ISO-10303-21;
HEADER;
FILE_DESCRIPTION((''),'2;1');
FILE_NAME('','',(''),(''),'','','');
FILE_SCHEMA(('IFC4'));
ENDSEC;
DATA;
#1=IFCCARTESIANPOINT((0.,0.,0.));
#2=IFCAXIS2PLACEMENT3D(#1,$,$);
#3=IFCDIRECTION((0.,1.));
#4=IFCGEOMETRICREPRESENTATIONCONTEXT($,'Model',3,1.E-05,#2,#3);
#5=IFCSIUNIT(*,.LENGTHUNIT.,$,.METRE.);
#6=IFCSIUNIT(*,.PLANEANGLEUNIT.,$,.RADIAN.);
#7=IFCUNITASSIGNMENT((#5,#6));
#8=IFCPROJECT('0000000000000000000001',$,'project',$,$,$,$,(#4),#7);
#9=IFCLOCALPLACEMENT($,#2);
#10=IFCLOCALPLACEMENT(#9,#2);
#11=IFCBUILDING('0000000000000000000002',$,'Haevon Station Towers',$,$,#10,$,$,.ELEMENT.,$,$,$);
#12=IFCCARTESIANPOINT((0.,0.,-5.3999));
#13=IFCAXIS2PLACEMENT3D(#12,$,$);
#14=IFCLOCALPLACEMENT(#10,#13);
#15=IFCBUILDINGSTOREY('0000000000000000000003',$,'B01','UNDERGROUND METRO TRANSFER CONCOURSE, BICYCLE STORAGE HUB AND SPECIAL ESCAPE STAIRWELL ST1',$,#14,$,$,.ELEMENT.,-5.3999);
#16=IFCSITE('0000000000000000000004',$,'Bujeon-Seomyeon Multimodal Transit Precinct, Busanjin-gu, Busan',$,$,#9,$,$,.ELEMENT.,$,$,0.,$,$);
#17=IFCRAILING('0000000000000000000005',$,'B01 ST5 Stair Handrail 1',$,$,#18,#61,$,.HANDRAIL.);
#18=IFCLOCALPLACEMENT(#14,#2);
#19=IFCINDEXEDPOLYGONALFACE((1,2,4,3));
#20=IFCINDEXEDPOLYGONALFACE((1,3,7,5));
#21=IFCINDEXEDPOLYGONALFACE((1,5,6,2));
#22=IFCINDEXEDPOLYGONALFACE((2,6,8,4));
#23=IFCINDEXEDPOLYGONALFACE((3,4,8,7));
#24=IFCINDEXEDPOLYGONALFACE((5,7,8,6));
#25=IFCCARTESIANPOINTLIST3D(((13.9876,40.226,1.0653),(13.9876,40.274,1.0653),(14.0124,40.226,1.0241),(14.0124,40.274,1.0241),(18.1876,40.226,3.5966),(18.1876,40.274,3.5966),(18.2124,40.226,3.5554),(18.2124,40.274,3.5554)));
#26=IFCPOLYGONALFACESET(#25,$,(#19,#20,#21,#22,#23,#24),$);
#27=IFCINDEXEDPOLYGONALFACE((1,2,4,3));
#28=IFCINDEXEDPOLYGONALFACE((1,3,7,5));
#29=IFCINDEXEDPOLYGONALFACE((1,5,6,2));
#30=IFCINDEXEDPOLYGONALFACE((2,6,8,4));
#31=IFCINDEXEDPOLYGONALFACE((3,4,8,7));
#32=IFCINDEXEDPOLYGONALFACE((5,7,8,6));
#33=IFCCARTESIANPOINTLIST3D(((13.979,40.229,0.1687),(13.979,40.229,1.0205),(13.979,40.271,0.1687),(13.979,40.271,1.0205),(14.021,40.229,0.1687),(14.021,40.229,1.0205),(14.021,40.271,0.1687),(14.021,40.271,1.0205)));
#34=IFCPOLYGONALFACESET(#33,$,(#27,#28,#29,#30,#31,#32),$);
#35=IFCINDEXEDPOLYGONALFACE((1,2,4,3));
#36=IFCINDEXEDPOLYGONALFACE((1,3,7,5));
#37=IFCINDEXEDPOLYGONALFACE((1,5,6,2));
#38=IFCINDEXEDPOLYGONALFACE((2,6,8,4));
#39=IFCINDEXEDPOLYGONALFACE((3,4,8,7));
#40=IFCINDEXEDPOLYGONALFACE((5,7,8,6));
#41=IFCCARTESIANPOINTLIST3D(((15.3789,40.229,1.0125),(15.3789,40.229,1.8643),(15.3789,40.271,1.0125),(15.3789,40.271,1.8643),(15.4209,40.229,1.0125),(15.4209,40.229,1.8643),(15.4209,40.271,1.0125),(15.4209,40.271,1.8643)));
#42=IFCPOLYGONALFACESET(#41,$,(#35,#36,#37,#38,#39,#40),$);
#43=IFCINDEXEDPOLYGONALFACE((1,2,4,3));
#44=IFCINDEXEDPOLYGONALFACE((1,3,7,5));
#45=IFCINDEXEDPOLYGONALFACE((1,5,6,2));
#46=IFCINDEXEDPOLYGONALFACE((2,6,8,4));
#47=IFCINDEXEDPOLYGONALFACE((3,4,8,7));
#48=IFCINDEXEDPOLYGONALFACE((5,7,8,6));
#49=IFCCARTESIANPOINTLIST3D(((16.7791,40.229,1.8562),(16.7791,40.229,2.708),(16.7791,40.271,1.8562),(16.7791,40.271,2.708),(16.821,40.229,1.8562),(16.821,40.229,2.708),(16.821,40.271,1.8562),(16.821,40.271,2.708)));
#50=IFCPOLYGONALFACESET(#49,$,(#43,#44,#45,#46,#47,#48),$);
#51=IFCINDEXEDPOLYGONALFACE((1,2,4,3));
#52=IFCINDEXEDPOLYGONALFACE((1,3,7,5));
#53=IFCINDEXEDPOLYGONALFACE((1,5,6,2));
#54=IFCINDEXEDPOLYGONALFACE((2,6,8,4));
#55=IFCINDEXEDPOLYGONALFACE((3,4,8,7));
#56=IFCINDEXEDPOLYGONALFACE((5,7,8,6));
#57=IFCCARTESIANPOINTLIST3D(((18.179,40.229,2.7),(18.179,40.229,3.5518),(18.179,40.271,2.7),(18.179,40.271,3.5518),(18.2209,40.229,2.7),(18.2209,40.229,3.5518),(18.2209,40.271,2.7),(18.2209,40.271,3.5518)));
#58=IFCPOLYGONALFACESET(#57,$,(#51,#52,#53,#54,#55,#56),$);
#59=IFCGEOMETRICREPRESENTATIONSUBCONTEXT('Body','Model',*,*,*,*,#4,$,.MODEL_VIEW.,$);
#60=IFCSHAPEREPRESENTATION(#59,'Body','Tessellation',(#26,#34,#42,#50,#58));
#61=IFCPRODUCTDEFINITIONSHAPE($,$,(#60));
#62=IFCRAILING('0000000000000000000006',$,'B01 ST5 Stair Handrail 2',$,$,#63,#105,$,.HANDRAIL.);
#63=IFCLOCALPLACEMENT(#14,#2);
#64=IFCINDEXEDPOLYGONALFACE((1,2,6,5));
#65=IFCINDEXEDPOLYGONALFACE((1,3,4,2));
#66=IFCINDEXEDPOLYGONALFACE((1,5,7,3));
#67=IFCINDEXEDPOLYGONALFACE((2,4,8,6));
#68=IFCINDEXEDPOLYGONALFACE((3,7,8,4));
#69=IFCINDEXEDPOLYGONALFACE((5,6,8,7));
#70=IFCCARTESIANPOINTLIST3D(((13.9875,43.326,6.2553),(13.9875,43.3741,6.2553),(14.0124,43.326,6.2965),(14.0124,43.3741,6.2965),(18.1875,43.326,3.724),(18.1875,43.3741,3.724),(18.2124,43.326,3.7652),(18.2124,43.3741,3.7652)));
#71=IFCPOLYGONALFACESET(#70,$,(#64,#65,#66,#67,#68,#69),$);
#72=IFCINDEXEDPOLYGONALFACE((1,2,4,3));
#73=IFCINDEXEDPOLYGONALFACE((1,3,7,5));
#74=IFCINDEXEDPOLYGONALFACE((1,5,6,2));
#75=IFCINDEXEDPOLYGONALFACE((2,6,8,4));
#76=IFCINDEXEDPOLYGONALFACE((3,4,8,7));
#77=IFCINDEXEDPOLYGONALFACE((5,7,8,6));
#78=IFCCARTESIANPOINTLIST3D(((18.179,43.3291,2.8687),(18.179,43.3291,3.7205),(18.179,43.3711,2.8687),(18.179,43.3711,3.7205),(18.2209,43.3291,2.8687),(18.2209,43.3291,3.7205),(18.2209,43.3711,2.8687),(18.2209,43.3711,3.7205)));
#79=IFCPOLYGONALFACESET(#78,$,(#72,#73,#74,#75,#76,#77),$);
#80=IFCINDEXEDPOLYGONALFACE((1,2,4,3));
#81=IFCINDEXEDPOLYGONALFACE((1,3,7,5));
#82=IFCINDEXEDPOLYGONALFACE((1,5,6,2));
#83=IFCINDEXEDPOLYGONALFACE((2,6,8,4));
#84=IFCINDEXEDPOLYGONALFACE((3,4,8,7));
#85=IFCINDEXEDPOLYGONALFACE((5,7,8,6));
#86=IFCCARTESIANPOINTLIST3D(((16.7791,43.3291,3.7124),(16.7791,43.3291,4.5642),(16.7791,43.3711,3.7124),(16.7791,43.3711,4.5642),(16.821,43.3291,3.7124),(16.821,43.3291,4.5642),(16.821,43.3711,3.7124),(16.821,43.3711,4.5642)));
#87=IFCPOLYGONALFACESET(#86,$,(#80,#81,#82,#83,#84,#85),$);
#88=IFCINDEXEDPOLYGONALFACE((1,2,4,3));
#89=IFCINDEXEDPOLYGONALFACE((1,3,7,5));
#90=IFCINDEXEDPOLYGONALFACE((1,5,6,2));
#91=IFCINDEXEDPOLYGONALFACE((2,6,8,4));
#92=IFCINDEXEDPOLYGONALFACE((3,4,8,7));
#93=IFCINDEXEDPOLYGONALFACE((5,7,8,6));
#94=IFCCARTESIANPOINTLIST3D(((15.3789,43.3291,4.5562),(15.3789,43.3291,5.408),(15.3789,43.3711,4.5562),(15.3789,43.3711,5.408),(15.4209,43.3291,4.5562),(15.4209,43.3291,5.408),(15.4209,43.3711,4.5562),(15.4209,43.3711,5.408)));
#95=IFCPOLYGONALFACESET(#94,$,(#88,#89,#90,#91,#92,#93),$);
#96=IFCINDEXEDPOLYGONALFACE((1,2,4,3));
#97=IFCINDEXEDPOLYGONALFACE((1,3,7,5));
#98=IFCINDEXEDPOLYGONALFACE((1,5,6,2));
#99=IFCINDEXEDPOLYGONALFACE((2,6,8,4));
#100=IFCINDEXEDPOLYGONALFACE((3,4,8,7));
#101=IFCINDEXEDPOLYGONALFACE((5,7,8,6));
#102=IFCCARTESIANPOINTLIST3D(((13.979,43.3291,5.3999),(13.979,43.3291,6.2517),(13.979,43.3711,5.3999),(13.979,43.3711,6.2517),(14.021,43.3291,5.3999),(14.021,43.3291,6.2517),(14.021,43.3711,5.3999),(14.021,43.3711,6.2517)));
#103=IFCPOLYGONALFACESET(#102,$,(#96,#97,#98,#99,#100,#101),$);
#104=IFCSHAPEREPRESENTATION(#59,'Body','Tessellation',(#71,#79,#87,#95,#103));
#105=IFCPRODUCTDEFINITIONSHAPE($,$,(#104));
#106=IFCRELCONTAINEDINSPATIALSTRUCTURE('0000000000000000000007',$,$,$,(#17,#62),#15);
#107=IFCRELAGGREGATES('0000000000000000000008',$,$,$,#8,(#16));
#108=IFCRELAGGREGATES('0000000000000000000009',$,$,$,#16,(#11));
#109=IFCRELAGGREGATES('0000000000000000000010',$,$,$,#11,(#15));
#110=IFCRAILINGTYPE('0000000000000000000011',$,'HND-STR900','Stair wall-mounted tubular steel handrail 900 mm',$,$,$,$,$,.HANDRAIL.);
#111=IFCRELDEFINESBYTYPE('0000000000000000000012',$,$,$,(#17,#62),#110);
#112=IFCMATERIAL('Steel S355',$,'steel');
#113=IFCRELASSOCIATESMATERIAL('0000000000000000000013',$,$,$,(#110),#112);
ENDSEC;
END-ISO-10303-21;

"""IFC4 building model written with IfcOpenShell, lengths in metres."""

from ifc_helpers import new_model, si_unit, direction, frame, origin, origin_2d, place, context, subcontext, project, spatial, rectangle, extrude, material, type_object, element, save


model = new_model("IFC4")

# Units and contexts
model_context = context("Model", 3, precision=1e-05, world=origin(), true_north=direction((0.0, 1.0)))
body_context = subcontext(model_context, "Body", "Model", "MODEL_VIEW")
ifc_project = project(units=[si_unit("LENGTHUNIT", "METRE"), si_unit("PLANEANGLEUNIT", "RADIAN")], contexts=[model_context])

# Site, building, storey
site_placement = place(None, origin())
site = spatial("IfcSite", under=ifc_project, at=site_placement, Name="Bujeon-Seomyeon Multimodal Transit Precinct, Busanjin-gu, Busan", CompositionType="ELEMENT", RefElevation=0.0)
building_placement = place(site_placement, origin())
building = spatial("IfcBuilding", under=site, at=building_placement, Name="Haevon Station Towers", CompositionType="ELEMENT")
storey_placement = place(building_placement, frame((0.0, 0.0, -5.3999)))
storey = spatial("IfcBuildingStorey", under=building, at=storey_placement, Name="B01", Description="UNDERGROUND METRO TRANSFER CONCOURSE, BICYCLE STORAGE HUB AND SPECIAL ESCAPE STAIRWELL ST1", CompositionType="ELEMENT", Elevation=-5.3999)

# Shared definitions
ifc_material_1 = material(Name="Steel S355", Category="steel")

# Railings
railing_type_1 = type_object("IfcRailingType", Name="HND-STR900", Description="Stair wall-mounted tubular steel handrail 900 mm", PredefinedType="HANDRAIL", material=ifc_material_1)
railing_1_placement = place(storey_placement, frame((14.0, 40.25, 0.1687)))
element("IfcRailing", 1, at=railing_1_placement, inside=storey, type_object=railing_type_1, Name="B01 ST5 Stair Handrail 1", PredefinedType="HANDRAIL", context=body_context, shape_type="SweptSolid", body=[
    extrude(rectangle(XDim=0.0481, YDim=0.0481, at=origin_2d()), frame((0.0, 0.0, 0.876), z_axis=(0.856476, 0.0, 0.516186), x_axis=(0.0, 1.0, 0.0)), (0.0, 0.0, 1.0), 4.9038),
    extrude(rectangle(XDim=0.042, YDim=0.042, at=origin_2d()), origin(), (0.0, 0.0, 1.0), 0.8518),
    extrude(rectangle(XDim=0.042, YDim=0.042, at=origin_2d()), frame((1.3999, 0.0, 0.8438)), (0.0, 0.0, 1.0), 0.8518),
    extrude(rectangle(XDim=0.042, YDim=0.042, at=origin_2d()), frame((2.8, 0.0, 1.6875)), (0.0, 0.0, 1.0), 0.8518),
    extrude(rectangle(XDim=0.042, YDim=0.042, at=origin_2d()), frame((4.2, 0.0, 2.5312)), (0.0, 0.0, 1.0), 0.8518),
])
railing_2_placement = place(storey_placement, frame((18.2, 43.3501, 2.8687)))
element("IfcRailing", 2, at=railing_2_placement, inside=storey, type_object=railing_type_1, Name="B01 ST5 Stair Handrail 2", PredefinedType="HANDRAIL", context=body_context, shape_type="SweptSolid", body=[
    extrude(rectangle(XDim=0.0481, YDim=0.0481, at=origin_2d()), frame((0.0, 0.0, 0.876), z_axis=(-0.856476, 0.0, 0.516186), x_axis=(0.0, -1.0, 0.0)), (0.0, 0.0, 1.0), 4.9038),
    extrude(rectangle(XDim=0.042, YDim=0.042, at=origin_2d()), origin(), (0.0, 0.0, 1.0), 0.8518),
    extrude(rectangle(XDim=0.042, YDim=0.042, at=origin_2d()), frame((-1.3999, 0.0, 0.8438)), (0.0, 0.0, 1.0), 0.8518),
    extrude(rectangle(XDim=0.042, YDim=0.042, at=origin_2d()), frame((-2.8, 0.0, 1.6875)), (0.0, 0.0, 1.0), 0.8518),
    extrude(rectangle(XDim=0.042, YDim=0.042, at=origin_2d()), frame((-4.2, 0.0, 2.5312)), (0.0, 0.0, 1.0), 0.8518),
])

save(model, "model.ifc")
